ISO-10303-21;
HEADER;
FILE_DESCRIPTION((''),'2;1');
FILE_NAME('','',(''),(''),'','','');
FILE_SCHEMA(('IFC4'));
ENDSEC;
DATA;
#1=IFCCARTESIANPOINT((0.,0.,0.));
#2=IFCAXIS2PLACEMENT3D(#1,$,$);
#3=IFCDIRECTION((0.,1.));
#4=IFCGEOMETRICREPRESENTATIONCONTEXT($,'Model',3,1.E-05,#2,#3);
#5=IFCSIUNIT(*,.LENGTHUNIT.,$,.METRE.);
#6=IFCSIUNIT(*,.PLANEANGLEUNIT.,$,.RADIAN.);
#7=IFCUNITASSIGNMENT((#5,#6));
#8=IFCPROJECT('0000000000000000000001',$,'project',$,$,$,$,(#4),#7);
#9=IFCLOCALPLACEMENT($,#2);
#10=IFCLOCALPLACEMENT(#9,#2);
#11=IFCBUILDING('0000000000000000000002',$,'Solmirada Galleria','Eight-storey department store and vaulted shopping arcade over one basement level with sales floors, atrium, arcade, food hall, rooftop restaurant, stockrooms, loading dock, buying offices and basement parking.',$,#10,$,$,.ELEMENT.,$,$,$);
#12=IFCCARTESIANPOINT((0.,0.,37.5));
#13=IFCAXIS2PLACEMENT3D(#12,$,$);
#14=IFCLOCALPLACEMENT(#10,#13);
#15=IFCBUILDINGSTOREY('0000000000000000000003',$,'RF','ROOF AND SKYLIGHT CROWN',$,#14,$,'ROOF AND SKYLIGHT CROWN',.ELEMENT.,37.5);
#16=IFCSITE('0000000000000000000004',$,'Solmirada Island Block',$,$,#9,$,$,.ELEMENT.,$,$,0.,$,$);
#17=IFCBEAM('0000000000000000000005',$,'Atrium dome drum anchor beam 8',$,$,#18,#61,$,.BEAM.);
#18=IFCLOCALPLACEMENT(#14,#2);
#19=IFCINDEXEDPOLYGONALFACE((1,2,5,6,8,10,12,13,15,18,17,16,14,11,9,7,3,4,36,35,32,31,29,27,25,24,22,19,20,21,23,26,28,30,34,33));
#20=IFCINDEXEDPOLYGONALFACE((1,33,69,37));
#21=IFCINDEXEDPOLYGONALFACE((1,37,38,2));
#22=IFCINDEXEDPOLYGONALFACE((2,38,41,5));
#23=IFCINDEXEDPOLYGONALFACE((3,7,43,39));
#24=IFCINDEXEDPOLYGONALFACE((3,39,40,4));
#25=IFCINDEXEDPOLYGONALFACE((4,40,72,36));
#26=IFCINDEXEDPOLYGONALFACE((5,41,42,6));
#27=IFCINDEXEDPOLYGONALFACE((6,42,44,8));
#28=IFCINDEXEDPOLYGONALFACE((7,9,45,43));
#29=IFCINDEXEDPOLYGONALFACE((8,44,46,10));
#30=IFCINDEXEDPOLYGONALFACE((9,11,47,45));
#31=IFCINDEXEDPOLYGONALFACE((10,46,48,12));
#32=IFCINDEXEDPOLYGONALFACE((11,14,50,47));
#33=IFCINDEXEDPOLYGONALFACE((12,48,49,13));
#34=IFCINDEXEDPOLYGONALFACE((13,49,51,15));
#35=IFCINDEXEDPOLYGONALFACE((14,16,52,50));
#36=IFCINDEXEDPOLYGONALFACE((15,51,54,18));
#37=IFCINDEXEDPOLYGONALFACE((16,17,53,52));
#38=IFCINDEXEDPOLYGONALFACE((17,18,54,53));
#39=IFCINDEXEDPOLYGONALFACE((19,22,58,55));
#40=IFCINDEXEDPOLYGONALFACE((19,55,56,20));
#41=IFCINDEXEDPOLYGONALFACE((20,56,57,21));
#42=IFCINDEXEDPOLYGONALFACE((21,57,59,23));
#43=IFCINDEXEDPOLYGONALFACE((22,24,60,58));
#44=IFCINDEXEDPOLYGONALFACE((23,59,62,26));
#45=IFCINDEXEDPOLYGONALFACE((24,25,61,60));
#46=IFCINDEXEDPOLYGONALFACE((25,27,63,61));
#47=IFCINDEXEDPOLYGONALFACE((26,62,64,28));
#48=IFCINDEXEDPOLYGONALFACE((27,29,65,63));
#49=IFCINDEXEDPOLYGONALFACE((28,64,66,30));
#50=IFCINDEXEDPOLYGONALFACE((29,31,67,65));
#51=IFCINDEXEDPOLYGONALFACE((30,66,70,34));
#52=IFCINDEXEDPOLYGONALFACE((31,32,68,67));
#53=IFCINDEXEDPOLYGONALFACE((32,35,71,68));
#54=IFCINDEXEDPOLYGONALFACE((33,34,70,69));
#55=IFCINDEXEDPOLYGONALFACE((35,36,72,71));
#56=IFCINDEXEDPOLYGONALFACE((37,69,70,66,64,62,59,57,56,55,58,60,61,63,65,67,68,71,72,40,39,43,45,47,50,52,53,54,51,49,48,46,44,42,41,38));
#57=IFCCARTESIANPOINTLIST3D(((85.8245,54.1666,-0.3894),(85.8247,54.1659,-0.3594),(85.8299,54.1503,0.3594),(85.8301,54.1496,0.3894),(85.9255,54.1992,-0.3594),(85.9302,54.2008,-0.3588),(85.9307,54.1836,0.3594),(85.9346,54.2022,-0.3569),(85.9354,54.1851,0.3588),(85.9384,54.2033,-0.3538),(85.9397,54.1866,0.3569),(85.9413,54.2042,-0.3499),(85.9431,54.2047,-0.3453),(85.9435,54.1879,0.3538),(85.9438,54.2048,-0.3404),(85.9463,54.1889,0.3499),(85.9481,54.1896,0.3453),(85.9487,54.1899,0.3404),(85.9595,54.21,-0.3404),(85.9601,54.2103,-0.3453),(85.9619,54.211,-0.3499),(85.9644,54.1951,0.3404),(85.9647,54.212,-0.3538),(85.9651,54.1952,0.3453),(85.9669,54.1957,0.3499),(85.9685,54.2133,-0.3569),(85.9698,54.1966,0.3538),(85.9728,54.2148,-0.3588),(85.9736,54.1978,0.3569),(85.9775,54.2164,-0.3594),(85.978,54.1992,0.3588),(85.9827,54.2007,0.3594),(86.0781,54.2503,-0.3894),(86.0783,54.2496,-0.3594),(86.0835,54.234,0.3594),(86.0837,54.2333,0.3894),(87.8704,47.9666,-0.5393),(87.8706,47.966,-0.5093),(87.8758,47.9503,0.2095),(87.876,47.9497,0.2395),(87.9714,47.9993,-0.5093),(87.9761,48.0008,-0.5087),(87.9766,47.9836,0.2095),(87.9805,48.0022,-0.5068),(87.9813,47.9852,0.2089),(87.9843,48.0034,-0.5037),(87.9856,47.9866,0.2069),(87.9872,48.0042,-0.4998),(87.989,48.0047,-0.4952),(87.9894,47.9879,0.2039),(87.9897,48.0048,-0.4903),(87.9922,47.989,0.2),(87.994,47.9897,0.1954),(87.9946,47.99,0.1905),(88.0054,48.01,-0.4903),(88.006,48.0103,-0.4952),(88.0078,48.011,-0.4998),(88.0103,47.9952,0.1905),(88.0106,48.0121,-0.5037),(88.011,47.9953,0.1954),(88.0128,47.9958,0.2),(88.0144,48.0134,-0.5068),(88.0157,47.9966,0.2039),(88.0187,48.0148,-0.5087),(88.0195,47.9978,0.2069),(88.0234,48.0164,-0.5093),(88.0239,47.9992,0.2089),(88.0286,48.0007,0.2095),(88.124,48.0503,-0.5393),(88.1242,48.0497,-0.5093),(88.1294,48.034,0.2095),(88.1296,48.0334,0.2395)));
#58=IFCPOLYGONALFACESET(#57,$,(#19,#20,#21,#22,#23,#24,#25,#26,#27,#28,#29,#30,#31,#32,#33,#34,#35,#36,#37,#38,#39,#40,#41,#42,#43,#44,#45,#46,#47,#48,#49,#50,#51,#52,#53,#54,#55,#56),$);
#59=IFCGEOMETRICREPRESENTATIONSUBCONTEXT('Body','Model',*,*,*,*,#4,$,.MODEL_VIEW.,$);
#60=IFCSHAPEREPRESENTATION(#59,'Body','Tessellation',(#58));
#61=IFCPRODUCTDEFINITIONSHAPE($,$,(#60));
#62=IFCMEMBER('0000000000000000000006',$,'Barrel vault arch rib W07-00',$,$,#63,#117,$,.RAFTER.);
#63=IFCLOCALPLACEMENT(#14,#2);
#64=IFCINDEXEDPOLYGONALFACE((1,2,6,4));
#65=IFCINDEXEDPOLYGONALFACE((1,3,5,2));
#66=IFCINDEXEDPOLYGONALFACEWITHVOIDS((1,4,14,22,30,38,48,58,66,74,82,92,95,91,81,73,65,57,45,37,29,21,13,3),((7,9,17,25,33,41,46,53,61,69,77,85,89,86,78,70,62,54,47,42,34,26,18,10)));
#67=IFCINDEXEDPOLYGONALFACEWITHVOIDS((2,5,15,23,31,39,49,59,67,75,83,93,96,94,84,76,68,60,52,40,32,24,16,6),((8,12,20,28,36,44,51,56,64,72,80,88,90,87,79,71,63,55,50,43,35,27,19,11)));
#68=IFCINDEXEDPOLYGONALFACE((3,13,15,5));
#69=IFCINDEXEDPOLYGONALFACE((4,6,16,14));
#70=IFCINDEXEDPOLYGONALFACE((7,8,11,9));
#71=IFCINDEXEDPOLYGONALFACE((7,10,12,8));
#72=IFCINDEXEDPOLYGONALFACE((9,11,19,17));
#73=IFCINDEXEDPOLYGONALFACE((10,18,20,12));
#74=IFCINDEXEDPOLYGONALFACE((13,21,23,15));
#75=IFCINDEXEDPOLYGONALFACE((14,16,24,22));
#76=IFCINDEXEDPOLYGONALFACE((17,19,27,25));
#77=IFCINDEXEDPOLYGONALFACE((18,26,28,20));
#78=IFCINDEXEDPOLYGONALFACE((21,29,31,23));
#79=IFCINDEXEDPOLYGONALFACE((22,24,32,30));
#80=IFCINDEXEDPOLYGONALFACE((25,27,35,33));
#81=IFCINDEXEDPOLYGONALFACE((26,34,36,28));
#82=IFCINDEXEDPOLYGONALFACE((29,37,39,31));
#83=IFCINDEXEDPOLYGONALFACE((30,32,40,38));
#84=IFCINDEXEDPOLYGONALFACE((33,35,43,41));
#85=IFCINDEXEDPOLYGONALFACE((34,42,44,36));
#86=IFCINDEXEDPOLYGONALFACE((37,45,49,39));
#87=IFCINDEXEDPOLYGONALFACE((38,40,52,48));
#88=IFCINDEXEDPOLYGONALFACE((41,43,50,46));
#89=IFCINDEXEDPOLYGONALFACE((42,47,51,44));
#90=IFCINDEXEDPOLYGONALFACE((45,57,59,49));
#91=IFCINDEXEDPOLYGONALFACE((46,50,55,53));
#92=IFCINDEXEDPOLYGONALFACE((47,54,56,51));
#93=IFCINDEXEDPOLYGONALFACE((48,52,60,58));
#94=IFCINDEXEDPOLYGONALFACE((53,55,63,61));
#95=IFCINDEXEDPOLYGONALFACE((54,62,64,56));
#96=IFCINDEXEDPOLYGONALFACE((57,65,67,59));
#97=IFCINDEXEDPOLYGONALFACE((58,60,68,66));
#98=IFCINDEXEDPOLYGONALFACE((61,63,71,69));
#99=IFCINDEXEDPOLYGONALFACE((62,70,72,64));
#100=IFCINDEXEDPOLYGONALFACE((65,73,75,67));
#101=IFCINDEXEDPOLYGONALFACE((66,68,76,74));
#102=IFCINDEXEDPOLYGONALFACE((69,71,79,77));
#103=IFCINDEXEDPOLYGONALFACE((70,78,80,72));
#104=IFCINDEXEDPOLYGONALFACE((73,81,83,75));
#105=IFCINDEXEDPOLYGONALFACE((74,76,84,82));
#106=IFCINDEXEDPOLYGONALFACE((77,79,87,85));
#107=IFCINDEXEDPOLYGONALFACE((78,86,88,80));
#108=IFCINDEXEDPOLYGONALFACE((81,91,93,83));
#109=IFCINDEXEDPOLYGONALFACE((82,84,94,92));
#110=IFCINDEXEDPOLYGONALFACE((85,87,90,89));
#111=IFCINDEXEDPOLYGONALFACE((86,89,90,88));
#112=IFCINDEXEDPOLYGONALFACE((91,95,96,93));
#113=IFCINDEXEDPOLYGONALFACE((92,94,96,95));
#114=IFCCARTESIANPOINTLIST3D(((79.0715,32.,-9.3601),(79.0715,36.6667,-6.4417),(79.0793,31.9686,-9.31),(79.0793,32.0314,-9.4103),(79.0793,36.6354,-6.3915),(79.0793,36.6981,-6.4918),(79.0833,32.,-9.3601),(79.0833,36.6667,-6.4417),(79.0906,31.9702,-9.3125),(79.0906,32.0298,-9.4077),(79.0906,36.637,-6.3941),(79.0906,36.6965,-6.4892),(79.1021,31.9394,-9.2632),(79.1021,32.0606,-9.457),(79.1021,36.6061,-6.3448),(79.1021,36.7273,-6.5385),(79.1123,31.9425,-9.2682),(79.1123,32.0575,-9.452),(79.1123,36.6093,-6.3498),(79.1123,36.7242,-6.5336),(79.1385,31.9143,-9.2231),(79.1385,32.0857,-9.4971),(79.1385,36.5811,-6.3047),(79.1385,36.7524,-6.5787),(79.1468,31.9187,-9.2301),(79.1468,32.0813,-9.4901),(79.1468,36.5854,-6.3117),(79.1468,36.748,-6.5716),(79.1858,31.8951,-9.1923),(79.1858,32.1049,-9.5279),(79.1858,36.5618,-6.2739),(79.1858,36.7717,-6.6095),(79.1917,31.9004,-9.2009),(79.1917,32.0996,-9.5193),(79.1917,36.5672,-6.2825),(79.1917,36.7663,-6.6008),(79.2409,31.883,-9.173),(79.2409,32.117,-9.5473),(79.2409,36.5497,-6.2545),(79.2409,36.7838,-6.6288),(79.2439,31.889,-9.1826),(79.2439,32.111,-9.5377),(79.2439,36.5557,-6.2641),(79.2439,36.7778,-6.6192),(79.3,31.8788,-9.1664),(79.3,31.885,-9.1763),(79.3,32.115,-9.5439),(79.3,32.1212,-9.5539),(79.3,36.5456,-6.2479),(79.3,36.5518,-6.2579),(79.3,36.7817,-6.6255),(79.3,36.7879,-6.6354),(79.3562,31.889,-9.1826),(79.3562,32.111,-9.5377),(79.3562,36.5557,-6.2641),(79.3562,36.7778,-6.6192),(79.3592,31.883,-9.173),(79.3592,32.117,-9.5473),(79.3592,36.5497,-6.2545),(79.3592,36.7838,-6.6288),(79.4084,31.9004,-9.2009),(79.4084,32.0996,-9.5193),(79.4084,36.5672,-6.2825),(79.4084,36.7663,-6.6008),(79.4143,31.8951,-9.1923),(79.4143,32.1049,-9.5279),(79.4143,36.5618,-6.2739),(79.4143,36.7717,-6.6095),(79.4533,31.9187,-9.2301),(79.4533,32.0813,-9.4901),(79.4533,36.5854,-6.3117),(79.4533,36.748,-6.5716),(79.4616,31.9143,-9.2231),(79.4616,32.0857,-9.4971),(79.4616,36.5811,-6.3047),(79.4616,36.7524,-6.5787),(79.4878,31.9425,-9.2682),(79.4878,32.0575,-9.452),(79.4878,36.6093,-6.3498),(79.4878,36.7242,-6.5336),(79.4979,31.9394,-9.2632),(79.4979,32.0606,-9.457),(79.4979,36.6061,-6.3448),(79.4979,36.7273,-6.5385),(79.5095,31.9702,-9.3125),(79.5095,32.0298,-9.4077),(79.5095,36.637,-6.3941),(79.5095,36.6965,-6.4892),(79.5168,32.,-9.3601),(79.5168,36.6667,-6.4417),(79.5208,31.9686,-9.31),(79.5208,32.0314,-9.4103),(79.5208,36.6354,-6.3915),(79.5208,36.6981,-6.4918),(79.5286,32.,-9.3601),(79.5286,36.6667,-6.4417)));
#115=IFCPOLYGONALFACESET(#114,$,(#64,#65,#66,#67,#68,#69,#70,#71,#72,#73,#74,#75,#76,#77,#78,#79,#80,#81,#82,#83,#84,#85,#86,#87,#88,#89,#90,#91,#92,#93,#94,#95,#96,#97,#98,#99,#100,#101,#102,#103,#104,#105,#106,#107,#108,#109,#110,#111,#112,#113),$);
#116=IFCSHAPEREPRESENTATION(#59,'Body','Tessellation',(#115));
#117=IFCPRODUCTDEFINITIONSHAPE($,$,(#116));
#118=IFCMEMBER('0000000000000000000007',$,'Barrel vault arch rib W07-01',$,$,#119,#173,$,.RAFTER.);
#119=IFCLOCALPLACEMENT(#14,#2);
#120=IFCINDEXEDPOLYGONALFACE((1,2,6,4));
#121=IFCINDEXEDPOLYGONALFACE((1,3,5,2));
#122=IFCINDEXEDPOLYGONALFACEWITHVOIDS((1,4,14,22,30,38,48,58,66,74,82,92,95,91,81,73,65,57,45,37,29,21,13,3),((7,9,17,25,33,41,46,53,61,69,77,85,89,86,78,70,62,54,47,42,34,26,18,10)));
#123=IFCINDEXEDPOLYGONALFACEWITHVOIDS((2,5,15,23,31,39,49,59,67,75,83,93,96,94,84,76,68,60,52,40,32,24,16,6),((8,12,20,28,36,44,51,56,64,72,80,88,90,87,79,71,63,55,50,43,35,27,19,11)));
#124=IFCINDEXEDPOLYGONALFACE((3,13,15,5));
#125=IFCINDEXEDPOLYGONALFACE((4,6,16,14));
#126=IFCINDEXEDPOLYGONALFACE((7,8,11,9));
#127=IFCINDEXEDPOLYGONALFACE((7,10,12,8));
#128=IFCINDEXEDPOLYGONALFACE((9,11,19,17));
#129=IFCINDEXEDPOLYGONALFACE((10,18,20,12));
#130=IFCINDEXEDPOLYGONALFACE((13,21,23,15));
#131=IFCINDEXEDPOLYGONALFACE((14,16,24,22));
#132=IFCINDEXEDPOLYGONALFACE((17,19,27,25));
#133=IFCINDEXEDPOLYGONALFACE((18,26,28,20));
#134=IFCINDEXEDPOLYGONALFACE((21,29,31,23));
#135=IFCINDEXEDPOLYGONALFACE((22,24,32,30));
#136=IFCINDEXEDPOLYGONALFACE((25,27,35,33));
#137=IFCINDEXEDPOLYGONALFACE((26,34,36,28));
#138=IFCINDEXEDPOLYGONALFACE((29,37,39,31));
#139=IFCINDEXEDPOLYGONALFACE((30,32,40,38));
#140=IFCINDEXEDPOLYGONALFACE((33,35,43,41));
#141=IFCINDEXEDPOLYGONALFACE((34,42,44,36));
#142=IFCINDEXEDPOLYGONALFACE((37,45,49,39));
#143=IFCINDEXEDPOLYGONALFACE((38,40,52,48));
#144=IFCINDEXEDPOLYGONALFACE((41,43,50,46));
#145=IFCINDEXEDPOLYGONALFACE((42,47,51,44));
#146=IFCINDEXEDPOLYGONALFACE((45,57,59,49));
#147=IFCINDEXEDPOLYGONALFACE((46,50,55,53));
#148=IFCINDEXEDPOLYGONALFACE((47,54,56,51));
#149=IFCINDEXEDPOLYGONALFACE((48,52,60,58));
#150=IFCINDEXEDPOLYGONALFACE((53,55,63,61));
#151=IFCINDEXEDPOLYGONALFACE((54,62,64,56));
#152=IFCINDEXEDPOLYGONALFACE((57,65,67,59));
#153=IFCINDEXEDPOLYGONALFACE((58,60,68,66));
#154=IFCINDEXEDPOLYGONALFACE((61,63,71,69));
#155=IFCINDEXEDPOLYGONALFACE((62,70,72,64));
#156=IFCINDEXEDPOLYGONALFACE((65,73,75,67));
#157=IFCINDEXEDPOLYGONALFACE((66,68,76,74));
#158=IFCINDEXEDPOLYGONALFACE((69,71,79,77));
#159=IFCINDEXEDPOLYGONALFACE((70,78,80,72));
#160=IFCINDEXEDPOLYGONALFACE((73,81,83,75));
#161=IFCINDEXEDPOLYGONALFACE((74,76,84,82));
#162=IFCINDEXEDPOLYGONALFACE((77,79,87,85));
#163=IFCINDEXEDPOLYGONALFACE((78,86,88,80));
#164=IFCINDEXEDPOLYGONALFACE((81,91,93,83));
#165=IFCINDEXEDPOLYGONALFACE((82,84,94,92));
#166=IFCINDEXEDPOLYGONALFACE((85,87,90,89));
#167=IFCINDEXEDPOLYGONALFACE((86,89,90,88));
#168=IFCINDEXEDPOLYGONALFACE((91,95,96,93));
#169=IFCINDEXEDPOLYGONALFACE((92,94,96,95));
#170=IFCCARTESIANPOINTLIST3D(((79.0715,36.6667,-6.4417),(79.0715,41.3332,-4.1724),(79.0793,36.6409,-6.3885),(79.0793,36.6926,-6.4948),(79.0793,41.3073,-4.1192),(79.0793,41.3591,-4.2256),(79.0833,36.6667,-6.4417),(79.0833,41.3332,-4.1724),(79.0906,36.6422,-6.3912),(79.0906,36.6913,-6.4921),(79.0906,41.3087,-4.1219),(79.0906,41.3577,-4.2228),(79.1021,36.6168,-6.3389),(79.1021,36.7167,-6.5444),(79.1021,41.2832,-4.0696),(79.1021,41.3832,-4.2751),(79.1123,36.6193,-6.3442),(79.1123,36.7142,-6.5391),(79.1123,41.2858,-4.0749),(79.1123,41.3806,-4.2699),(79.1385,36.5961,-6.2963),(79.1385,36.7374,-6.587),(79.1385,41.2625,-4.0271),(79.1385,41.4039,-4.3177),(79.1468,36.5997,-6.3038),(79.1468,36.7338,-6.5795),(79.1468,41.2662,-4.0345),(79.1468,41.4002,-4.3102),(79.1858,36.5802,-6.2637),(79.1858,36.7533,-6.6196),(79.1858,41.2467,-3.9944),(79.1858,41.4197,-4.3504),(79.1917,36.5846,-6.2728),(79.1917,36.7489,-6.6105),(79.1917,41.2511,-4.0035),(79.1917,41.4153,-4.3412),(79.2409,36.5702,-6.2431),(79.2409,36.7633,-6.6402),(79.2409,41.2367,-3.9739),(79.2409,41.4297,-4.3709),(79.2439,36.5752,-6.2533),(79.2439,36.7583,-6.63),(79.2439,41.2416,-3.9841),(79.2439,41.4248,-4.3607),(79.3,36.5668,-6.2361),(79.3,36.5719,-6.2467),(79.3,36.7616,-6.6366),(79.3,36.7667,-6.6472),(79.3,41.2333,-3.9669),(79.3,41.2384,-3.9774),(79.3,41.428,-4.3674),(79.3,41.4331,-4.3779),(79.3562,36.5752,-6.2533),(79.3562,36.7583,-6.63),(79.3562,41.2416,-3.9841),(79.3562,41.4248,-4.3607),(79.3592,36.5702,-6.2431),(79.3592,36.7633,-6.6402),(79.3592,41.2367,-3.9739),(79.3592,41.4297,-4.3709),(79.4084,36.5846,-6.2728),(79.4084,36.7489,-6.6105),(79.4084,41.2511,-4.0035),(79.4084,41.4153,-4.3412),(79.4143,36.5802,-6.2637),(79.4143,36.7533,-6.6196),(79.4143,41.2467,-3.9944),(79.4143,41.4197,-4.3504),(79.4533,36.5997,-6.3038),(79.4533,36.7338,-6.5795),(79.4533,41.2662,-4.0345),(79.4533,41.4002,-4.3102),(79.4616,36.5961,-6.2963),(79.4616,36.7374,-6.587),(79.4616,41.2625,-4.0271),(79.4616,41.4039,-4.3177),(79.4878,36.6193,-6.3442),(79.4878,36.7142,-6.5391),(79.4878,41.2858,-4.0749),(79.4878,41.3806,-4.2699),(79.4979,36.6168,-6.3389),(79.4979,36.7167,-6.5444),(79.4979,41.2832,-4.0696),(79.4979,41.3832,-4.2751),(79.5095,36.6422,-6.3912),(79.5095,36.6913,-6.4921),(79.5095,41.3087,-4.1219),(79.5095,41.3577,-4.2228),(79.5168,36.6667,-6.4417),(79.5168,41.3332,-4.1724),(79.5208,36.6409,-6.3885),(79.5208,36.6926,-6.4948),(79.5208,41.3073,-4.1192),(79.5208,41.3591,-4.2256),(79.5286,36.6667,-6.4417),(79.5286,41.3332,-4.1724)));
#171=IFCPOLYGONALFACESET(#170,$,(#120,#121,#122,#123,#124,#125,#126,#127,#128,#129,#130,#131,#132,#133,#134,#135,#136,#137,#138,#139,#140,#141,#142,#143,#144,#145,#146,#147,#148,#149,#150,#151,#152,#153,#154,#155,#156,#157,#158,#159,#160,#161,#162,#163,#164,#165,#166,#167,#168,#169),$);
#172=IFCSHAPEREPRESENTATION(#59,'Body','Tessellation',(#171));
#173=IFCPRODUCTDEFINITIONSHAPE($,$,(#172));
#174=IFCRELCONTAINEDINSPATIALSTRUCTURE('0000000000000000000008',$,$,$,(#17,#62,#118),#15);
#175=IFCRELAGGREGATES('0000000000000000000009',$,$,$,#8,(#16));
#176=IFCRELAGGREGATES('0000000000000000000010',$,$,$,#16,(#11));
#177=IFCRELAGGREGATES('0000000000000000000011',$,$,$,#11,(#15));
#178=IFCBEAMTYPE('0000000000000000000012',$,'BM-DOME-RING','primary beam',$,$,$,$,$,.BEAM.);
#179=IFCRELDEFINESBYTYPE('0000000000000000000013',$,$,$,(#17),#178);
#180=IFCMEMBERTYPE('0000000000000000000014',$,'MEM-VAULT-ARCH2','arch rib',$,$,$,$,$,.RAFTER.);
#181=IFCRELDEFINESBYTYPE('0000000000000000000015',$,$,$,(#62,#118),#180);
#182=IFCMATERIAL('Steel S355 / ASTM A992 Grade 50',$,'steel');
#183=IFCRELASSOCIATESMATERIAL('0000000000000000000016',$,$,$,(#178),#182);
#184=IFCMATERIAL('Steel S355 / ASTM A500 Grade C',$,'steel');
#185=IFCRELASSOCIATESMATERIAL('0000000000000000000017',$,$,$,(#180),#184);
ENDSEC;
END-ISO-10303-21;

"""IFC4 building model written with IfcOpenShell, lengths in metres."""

from ifc_helpers import new_model, si_unit, direction, frame, origin, origin_2d, place, context, subcontext, project, spatial, hollow_circle, i_section, extrude, material, material_profile, profile_set, type_object, element, save


model = new_model("IFC4")

# Units and contexts
model_context = context("Model", 3, precision=1e-05, world=origin(), true_north=direction((0.0, 1.0)))
body_context = subcontext(model_context, "Body", "Model", "MODEL_VIEW")
ifc_project = project(units=[si_unit("LENGTHUNIT", "METRE"), si_unit("PLANEANGLEUNIT", "RADIAN")], contexts=[model_context])

# Site, building, storey
site_placement = place(None, origin())
site = spatial("IfcSite", under=ifc_project, at=site_placement, Name="Solmirada Island Block", CompositionType="ELEMENT", RefElevation=0.0)
building_placement = place(site_placement, origin())
building = spatial("IfcBuilding", under=site, at=building_placement, Name="Solmirada Galleria", Description="Eight-storey department store and vaulted shopping arcade over one basement level with sales floors, atrium, arcade, food hall, rooftop restaurant, stockrooms, loading dock, buying offices and basement parking.", CompositionType="ELEMENT")
storey_placement = place(building_placement, frame((0.0, 0.0, 37.5)))
storey = spatial("IfcBuildingStorey", under=building, at=storey_placement, Name="RF", Description="ROOF AND SKYLIGHT CROWN", LongName="ROOF AND SKYLIGHT CROWN", CompositionType="ELEMENT", Elevation=37.5)

# Beam
ifc_material_1 = material(Name="Steel S355 / ASTM A992 Grade 50", Category="steel")
ifc_material_profile_1 = material_profile(ifc_material_1, i_section(OverallWidth=0.2671, OverallDepth=0.7791, WebThickness=0.0166, FlangeThickness=0.03, FilletRadius=0.019, at=origin_2d()), Name="W30X148")
ifc_profile_set_1 = profile_set([ifc_material_profile_1], Name="Steel S355 / ASTM A992 Grade 50")
beam_type = type_object("IfcBeamType", Name="BM-DOME-RING", Description="primary beam", PredefinedType="BEAM", material=ifc_profile_set_1)
beam_placement = place(storey_placement, frame((88.0, 48.0, -0.1499), z_axis=(-0.313283, 0.949382, 0.022954), x_axis=(-0.949633, -0.313366, 0.0)))
element("IfcBeam", 1, at=beam_placement, inside=storey, type_object=beam_type, Name="Atrium dome drum anchor beam 8", PredefinedType="BEAM", context=body_context, shape_type="SweptSolid", body=[
    extrude(i_section(OverallWidth=0.2671, OverallDepth=0.7791, WebThickness=0.0166, FlangeThickness=0.03, FilletRadius=0.019, at=origin_2d()), origin(), (0.0, 0.0, 1.0), 6.5305),
])

# Members
ifc_material_2 = material(Name="Steel S355 / ASTM A500 Grade C", Category="steel")
ifc_material_profile_2 = material_profile(ifc_material_2, hollow_circle(Radius=0.2285, WallThickness=0.0117, at=origin_2d()), Name="HSS18.000X0.500")
ifc_profile_set_2 = profile_set([ifc_material_profile_2], Name="Steel S355 / ASTM A500 Grade C")
member_type_1 = type_object("IfcMemberType", Name="MEM-VAULT-ARCH2", Description="arch rib", PredefinedType="RAFTER", material=ifc_profile_set_2)
member_1_placement = place(storey_placement, frame((79.3, 32.0, -9.3601), z_axis=(0.0, 0.847856, 0.530226), x_axis=(-1.0, 0.0, 0.0)))
element("IfcMember", 2, at=member_1_placement, inside=storey, type_object=member_type_1, Name="Barrel vault arch rib W07-00", PredefinedType="RAFTER", context=body_context, shape_type="SweptSolid", body=[
    extrude(hollow_circle(Radius=0.2285, WallThickness=0.0117, at=origin_2d()), origin(), (0.0, 0.0, 1.0), 5.5042),
])
member_2_placement = place(storey_placement, frame((79.3, 36.6667, -6.4417), z_axis=(0.0, 0.899304, 0.437325), x_axis=(-1.0, 0.0, 0.0)))
element("IfcMember", 3, at=member_2_placement, inside=storey, type_object=member_type_1, Name="Barrel vault arch rib W07-01", PredefinedType="RAFTER", context=body_context, shape_type="SweptSolid", body=[
    extrude(hollow_circle(Radius=0.2285, WallThickness=0.0117, at=origin_2d()), origin(), (0.0, 0.0, 1.0), 5.189),
])

save(model, "model.ifc")
